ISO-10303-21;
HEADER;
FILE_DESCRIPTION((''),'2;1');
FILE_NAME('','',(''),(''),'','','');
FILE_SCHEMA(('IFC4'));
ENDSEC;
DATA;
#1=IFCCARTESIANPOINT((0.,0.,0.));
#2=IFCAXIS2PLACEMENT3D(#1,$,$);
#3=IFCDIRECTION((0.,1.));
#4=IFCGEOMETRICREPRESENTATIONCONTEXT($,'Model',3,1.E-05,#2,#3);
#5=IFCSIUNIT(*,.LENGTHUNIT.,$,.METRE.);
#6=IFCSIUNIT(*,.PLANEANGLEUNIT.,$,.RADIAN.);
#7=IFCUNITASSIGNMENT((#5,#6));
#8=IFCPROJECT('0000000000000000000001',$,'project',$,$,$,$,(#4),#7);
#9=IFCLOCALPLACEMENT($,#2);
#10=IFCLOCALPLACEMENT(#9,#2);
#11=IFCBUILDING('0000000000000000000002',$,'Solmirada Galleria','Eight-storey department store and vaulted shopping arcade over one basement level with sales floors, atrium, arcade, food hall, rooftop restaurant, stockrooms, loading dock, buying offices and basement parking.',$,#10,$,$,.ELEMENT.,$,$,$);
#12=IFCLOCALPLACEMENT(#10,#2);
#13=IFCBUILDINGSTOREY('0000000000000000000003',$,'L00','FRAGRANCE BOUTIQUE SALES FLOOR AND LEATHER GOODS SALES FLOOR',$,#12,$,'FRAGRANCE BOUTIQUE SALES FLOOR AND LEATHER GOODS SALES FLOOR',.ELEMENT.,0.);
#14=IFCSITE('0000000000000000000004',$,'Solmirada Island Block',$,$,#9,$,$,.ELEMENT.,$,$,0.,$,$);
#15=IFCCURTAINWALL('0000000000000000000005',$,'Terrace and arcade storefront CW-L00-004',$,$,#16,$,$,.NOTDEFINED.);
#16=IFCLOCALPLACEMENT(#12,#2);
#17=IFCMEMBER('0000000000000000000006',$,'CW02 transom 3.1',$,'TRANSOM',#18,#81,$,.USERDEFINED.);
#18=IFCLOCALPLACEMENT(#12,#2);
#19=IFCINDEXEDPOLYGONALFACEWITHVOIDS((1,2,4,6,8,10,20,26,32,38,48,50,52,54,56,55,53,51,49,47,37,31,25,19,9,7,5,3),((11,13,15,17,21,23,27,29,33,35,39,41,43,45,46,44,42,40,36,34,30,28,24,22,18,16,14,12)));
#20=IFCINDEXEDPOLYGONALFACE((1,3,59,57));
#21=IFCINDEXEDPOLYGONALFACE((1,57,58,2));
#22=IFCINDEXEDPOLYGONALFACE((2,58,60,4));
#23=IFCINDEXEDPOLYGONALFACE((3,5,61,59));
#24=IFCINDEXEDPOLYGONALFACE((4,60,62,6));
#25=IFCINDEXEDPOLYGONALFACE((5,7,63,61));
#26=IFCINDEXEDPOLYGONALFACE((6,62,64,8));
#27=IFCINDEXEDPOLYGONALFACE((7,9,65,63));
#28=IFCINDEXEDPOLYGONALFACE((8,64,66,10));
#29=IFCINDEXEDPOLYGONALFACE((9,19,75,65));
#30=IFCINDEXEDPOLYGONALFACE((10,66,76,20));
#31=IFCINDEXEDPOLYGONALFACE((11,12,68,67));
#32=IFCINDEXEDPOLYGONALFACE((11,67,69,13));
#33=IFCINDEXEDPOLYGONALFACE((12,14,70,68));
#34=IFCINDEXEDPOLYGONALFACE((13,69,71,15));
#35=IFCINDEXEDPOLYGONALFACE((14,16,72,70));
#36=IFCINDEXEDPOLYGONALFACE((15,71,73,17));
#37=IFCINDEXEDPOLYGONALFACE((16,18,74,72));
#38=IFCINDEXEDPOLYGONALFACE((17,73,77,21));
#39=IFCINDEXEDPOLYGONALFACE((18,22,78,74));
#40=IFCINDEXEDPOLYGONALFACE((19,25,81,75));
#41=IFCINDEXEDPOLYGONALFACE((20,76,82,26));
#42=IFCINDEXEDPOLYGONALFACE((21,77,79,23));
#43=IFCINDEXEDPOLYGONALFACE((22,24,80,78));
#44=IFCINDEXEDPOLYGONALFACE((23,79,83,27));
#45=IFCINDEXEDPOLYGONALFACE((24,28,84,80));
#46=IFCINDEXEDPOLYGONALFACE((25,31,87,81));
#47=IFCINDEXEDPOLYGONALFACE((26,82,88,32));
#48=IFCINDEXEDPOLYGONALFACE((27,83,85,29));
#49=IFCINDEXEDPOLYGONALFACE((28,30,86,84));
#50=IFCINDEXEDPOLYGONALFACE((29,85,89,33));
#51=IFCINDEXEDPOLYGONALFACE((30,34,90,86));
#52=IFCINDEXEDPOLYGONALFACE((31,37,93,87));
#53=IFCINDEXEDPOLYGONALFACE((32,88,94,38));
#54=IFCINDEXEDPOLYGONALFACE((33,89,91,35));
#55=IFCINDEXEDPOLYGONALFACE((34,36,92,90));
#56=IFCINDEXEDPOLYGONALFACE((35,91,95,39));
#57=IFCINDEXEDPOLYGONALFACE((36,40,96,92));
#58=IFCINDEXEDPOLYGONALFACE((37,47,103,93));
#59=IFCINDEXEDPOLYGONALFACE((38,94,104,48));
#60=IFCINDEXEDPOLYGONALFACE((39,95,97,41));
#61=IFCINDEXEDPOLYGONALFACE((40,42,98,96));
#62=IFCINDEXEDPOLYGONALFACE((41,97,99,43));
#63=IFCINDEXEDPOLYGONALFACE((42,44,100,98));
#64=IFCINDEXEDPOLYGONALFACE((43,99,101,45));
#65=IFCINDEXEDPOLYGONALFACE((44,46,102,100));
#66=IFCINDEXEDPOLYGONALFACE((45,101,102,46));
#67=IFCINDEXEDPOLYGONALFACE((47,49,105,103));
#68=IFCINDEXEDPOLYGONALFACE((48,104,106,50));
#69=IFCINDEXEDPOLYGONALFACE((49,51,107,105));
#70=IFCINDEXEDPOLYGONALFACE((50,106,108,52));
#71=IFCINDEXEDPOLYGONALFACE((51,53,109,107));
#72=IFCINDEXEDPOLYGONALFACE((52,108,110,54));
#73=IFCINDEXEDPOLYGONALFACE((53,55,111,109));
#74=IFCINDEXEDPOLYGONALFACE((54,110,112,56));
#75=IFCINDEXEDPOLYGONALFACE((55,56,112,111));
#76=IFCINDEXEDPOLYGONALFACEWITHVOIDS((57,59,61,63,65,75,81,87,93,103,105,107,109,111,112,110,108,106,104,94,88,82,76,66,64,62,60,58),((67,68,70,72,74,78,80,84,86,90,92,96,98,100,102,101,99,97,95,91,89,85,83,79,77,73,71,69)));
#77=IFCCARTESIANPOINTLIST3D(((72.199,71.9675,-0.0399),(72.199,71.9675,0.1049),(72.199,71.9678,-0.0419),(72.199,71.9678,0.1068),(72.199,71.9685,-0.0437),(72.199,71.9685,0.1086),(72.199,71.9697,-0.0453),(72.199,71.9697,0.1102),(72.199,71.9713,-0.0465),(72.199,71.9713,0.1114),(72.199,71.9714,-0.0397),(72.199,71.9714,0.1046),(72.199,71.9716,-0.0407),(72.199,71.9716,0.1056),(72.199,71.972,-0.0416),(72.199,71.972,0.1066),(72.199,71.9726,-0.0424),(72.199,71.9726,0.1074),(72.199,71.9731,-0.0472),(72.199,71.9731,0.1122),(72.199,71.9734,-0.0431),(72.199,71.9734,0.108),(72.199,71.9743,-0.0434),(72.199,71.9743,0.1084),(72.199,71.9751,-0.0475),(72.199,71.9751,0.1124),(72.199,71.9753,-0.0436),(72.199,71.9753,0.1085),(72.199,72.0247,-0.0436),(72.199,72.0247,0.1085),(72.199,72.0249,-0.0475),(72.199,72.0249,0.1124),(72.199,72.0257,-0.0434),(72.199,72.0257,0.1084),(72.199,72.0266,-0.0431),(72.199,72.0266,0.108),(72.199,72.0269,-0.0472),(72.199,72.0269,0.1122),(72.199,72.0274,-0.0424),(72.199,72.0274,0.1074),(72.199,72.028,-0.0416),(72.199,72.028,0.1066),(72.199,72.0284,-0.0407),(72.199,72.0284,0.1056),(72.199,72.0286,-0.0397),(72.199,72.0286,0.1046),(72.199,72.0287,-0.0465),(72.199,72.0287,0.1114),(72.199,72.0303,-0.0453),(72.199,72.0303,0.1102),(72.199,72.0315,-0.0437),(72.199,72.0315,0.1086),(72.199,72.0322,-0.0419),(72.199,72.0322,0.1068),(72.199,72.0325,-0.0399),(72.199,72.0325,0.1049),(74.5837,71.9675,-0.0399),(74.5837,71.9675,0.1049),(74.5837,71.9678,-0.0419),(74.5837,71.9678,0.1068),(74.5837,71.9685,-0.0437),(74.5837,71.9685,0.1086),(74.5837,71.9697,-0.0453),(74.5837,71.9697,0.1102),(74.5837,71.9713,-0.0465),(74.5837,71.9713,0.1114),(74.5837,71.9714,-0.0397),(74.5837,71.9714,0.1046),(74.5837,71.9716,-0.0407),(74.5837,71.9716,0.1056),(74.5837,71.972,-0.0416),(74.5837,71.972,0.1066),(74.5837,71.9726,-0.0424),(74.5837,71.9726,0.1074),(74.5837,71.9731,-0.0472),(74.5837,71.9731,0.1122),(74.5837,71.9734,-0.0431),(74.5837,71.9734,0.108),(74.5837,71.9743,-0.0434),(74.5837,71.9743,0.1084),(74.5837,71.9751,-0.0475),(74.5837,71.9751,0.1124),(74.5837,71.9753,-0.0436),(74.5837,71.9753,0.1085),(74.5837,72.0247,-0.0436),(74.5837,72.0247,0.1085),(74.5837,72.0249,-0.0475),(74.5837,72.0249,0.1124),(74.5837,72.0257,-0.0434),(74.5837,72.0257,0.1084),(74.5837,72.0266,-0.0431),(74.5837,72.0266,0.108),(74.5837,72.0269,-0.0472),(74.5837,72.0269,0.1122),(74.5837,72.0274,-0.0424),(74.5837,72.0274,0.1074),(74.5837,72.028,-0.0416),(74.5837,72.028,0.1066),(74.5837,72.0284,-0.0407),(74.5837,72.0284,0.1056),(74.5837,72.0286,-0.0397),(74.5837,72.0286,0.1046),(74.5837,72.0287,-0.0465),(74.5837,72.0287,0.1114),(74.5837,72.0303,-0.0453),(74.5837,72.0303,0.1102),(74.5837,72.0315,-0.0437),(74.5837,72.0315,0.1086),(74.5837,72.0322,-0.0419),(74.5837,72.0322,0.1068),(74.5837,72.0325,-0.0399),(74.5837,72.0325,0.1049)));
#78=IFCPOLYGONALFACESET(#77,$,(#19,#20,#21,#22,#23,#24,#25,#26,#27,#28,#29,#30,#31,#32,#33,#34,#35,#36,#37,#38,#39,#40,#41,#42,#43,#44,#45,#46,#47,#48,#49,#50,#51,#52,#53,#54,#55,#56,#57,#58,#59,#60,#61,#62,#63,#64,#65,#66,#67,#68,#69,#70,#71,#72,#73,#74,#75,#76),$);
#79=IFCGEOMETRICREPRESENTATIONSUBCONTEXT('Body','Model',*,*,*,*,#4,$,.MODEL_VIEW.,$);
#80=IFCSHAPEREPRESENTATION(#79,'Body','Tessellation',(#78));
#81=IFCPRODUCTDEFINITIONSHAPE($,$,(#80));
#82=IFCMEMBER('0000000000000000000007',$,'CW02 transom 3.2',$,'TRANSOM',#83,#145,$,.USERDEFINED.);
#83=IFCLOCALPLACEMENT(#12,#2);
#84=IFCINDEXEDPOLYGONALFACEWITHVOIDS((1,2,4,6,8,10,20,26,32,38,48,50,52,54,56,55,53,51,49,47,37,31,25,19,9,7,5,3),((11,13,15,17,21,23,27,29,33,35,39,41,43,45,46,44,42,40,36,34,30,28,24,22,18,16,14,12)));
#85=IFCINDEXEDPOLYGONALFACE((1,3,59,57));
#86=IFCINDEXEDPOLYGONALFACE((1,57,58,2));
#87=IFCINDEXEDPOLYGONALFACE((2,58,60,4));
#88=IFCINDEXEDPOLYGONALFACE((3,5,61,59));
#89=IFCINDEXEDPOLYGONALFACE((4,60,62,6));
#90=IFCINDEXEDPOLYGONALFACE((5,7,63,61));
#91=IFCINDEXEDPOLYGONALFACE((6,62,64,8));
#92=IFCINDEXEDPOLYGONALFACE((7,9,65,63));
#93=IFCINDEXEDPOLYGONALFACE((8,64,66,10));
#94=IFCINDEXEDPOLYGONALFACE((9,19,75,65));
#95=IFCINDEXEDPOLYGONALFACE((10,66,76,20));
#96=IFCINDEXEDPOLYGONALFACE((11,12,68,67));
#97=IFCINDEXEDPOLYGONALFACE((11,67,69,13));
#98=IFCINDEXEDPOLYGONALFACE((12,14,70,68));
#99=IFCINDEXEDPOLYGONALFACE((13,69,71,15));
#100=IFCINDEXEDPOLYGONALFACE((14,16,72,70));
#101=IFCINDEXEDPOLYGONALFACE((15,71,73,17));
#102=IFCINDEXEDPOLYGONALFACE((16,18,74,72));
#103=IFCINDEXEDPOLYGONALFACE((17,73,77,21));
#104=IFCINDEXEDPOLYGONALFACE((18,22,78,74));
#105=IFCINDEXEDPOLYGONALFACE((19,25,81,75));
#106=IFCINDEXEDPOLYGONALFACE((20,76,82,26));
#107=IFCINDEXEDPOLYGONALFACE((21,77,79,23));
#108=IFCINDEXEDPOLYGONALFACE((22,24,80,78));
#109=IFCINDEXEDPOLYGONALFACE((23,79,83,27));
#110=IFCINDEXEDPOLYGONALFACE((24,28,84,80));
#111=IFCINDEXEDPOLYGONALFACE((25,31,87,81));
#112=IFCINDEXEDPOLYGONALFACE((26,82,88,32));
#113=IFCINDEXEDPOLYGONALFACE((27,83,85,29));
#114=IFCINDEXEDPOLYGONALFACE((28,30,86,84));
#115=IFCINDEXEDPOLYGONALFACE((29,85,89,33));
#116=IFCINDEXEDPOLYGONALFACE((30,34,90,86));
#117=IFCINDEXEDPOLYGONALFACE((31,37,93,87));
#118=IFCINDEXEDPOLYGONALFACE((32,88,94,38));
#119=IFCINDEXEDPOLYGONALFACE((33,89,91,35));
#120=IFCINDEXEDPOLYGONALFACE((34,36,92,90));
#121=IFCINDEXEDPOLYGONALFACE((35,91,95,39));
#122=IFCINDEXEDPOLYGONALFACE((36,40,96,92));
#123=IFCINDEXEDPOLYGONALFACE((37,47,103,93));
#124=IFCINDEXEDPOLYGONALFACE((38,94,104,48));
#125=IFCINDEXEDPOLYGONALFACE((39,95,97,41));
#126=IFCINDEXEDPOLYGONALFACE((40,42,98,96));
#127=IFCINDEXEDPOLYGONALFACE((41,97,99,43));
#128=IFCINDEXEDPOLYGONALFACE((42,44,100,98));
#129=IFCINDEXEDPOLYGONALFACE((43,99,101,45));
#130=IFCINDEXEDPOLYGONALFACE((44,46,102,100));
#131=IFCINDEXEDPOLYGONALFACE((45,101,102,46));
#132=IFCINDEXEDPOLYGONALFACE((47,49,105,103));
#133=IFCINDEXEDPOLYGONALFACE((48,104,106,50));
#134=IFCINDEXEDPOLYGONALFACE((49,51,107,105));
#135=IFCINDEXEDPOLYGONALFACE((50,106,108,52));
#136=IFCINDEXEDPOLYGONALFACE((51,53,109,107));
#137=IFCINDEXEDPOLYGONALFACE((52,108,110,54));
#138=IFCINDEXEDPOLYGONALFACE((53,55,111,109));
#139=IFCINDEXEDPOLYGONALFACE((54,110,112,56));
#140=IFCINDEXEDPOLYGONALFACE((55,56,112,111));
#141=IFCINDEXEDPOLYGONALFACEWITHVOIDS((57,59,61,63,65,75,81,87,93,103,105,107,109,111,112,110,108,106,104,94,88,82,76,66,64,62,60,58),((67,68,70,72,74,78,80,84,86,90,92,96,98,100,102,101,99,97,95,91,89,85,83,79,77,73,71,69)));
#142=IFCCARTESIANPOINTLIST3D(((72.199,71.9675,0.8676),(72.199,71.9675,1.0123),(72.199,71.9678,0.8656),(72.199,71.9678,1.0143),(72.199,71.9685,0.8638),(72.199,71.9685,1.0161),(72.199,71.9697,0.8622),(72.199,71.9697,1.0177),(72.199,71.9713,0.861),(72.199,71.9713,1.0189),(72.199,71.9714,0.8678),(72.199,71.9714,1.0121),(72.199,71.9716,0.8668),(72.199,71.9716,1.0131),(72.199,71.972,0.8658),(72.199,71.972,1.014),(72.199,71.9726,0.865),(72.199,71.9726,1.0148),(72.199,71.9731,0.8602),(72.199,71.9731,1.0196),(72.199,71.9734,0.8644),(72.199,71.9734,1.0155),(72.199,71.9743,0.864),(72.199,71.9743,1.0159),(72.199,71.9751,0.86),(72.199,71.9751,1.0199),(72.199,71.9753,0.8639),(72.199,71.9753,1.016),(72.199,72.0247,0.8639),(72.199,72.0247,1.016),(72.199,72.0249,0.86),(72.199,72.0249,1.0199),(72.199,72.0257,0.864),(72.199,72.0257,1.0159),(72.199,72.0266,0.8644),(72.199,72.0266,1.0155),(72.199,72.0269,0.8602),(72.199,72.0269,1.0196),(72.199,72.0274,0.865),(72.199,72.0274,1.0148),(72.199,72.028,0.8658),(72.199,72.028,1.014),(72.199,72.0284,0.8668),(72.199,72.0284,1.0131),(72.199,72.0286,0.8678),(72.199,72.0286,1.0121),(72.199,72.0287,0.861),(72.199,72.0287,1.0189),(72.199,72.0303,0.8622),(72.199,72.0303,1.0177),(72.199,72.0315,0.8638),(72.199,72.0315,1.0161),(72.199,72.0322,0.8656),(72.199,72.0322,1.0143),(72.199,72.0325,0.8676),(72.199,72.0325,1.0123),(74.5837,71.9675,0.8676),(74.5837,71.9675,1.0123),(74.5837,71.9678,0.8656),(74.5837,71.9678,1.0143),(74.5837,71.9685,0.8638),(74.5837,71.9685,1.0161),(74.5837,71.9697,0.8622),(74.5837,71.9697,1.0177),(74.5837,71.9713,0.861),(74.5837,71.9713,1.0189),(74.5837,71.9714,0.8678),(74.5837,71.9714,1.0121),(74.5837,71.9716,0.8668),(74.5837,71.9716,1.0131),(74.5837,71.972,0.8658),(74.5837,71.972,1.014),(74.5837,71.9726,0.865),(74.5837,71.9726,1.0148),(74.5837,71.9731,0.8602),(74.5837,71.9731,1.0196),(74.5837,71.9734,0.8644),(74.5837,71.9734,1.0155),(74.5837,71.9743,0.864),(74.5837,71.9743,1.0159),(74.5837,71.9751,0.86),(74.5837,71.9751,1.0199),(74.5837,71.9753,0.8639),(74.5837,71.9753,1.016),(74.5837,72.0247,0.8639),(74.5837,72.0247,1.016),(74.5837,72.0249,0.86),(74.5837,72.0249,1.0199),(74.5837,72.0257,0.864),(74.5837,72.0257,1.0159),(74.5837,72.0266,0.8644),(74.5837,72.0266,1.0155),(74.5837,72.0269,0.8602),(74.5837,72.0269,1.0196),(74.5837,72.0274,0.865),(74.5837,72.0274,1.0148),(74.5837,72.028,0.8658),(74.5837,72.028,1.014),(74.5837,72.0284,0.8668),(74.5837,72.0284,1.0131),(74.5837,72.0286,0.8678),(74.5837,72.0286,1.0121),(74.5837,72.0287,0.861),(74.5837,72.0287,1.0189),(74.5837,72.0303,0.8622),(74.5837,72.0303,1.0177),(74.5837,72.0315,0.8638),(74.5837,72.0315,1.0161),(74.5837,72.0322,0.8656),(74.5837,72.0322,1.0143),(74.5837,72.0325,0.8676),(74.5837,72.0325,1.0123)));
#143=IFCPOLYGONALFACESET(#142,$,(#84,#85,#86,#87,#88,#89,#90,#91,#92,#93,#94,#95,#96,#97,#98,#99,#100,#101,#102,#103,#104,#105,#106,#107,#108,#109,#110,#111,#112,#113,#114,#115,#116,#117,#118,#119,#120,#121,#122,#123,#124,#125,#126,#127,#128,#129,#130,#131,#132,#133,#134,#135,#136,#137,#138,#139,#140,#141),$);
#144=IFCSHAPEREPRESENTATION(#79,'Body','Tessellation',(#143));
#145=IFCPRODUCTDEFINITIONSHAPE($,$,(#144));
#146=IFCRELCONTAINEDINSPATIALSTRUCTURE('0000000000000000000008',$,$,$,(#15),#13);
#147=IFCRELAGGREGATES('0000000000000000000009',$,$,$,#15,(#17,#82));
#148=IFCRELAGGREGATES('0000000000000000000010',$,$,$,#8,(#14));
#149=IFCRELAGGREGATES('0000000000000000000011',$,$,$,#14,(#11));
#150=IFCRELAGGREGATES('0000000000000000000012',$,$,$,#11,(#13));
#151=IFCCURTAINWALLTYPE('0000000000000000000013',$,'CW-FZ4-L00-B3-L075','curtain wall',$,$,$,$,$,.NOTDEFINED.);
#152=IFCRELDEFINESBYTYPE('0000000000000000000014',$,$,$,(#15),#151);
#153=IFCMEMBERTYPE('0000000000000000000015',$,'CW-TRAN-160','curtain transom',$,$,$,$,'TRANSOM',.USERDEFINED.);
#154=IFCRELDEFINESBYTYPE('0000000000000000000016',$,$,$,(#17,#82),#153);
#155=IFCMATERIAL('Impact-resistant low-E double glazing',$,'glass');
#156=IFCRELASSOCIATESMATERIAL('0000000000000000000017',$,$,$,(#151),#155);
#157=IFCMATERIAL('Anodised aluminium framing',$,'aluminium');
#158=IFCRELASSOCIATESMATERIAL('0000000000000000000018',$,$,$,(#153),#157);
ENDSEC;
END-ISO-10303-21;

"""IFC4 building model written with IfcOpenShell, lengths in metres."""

from ifc_helpers import new_model, si_unit, direction, frame, origin, origin_2d, place, context, subcontext, project, spatial, hollow_rectangle, extrude, material, material_profile, profile_set, type_object, element, aggregate, save


model = new_model("IFC4")

# Units and contexts
model_context = context("Model", 3, precision=1e-05, world=origin(), true_north=direction((0.0, 1.0)))
body_context = subcontext(model_context, "Body", "Model", "MODEL_VIEW")
ifc_project = project(units=[si_unit("LENGTHUNIT", "METRE"), si_unit("PLANEANGLEUNIT", "RADIAN")], contexts=[model_context])

# Site, building, storey
site_placement = place(None, origin())
site = spatial("IfcSite", under=ifc_project, at=site_placement, Name="Solmirada Island Block", CompositionType="ELEMENT", RefElevation=0.0)
building_placement = place(site_placement, origin())
building = spatial("IfcBuilding", under=site, at=building_placement, Name="Solmirada Galleria", Description="Eight-storey department store and vaulted shopping arcade over one basement level with sales floors, atrium, arcade, food hall, rooftop restaurant, stockrooms, loading dock, buying offices and basement parking.", CompositionType="ELEMENT")
storey_placement = place(building_placement, origin())
storey = spatial("IfcBuildingStorey", under=building, at=storey_placement, Name="L00", Description="FRAGRANCE BOUTIQUE SALES FLOOR AND LEATHER GOODS SALES FLOOR", LongName="FRAGRANCE BOUTIQUE SALES FLOOR AND LEATHER GOODS SALES FLOOR", CompositionType="ELEMENT", Elevation=0.0)

# Curtain wall
ifc_material_1 = material(Name="Impact-resistant low-E double glazing", Category="glass")
curtain_wall_type_1 = type_object("IfcCurtainWallType", Name="CW-FZ4-L00-B3-L075", Description="curtain wall", PredefinedType="NOTDEFINED", material=ifc_material_1)
curtain_wall_1_placement = place(storey_placement, origin())
curtain_wall_1 = element("IfcCurtainWall", 1, at=curtain_wall_1_placement, inside=storey, type_object=curtain_wall_type_1, Name="Terrace and arcade storefront CW-L00-004", PredefinedType="NOTDEFINED")
ifc_material_2 = material(Name="Anodised aluminium framing", Category="aluminium")

# Members
ifc_material_profile_1 = material_profile(ifc_material_2, hollow_rectangle(XDim=0.0649, YDim=0.1599, WallThickness=0.0039, InnerFilletRadius=0.0039, OuterFilletRadius=0.0076, at=origin_2d()), Name="ALU-TRAN-160X65")
ifc_profile_set_1 = profile_set([ifc_material_profile_1], Name="Anodised aluminium framing")
member_type_1 = type_object("IfcMemberType", Name="CW-TRAN-160", Description="curtain transom", ElementType="TRANSOM", PredefinedType="USERDEFINED", material=ifc_profile_set_1)
member_1_placement = place(storey_placement, frame((74.5837, 72.0, 0.0325), z_axis=(-1.0, 0.0, 0.0), x_axis=(0.0, -1.0, 0.0)))
member_1 = element("IfcMember", 2, at=member_1_placement, type_object=member_type_1, Name="CW02 transom 3.1", ObjectType="TRANSOM", PredefinedType="USERDEFINED", context=body_context, shape_type="SweptSolid", body=[
    extrude(hollow_rectangle(XDim=0.0649, YDim=0.1599, WallThickness=0.0039, InnerFilletRadius=0.0039, OuterFilletRadius=0.0076, at=origin_2d()), origin(), (0.0, 0.0, 1.0), 2.3848),
])
member_2_placement = place(storey_placement, frame((74.5837, 72.0, 0.9399), z_axis=(-1.0, 0.0, 0.0), x_axis=(0.0, -1.0, 0.0)))
member_2 = element("IfcMember", 3, at=member_2_placement, type_object=member_type_1, Name="CW02 transom 3.2", ObjectType="TRANSOM", PredefinedType="USERDEFINED", context=body_context, shape_type="SweptSolid", body=[
    extrude(hollow_rectangle(XDim=0.0649, YDim=0.1599, WallThickness=0.0039, InnerFilletRadius=0.0039, OuterFilletRadius=0.0076, at=origin_2d()), origin(), (0.0, 0.0, 1.0), 2.3848),
])

aggregate(curtain_wall_1, [member_1, member_2])

save(model, "model.ifc")
